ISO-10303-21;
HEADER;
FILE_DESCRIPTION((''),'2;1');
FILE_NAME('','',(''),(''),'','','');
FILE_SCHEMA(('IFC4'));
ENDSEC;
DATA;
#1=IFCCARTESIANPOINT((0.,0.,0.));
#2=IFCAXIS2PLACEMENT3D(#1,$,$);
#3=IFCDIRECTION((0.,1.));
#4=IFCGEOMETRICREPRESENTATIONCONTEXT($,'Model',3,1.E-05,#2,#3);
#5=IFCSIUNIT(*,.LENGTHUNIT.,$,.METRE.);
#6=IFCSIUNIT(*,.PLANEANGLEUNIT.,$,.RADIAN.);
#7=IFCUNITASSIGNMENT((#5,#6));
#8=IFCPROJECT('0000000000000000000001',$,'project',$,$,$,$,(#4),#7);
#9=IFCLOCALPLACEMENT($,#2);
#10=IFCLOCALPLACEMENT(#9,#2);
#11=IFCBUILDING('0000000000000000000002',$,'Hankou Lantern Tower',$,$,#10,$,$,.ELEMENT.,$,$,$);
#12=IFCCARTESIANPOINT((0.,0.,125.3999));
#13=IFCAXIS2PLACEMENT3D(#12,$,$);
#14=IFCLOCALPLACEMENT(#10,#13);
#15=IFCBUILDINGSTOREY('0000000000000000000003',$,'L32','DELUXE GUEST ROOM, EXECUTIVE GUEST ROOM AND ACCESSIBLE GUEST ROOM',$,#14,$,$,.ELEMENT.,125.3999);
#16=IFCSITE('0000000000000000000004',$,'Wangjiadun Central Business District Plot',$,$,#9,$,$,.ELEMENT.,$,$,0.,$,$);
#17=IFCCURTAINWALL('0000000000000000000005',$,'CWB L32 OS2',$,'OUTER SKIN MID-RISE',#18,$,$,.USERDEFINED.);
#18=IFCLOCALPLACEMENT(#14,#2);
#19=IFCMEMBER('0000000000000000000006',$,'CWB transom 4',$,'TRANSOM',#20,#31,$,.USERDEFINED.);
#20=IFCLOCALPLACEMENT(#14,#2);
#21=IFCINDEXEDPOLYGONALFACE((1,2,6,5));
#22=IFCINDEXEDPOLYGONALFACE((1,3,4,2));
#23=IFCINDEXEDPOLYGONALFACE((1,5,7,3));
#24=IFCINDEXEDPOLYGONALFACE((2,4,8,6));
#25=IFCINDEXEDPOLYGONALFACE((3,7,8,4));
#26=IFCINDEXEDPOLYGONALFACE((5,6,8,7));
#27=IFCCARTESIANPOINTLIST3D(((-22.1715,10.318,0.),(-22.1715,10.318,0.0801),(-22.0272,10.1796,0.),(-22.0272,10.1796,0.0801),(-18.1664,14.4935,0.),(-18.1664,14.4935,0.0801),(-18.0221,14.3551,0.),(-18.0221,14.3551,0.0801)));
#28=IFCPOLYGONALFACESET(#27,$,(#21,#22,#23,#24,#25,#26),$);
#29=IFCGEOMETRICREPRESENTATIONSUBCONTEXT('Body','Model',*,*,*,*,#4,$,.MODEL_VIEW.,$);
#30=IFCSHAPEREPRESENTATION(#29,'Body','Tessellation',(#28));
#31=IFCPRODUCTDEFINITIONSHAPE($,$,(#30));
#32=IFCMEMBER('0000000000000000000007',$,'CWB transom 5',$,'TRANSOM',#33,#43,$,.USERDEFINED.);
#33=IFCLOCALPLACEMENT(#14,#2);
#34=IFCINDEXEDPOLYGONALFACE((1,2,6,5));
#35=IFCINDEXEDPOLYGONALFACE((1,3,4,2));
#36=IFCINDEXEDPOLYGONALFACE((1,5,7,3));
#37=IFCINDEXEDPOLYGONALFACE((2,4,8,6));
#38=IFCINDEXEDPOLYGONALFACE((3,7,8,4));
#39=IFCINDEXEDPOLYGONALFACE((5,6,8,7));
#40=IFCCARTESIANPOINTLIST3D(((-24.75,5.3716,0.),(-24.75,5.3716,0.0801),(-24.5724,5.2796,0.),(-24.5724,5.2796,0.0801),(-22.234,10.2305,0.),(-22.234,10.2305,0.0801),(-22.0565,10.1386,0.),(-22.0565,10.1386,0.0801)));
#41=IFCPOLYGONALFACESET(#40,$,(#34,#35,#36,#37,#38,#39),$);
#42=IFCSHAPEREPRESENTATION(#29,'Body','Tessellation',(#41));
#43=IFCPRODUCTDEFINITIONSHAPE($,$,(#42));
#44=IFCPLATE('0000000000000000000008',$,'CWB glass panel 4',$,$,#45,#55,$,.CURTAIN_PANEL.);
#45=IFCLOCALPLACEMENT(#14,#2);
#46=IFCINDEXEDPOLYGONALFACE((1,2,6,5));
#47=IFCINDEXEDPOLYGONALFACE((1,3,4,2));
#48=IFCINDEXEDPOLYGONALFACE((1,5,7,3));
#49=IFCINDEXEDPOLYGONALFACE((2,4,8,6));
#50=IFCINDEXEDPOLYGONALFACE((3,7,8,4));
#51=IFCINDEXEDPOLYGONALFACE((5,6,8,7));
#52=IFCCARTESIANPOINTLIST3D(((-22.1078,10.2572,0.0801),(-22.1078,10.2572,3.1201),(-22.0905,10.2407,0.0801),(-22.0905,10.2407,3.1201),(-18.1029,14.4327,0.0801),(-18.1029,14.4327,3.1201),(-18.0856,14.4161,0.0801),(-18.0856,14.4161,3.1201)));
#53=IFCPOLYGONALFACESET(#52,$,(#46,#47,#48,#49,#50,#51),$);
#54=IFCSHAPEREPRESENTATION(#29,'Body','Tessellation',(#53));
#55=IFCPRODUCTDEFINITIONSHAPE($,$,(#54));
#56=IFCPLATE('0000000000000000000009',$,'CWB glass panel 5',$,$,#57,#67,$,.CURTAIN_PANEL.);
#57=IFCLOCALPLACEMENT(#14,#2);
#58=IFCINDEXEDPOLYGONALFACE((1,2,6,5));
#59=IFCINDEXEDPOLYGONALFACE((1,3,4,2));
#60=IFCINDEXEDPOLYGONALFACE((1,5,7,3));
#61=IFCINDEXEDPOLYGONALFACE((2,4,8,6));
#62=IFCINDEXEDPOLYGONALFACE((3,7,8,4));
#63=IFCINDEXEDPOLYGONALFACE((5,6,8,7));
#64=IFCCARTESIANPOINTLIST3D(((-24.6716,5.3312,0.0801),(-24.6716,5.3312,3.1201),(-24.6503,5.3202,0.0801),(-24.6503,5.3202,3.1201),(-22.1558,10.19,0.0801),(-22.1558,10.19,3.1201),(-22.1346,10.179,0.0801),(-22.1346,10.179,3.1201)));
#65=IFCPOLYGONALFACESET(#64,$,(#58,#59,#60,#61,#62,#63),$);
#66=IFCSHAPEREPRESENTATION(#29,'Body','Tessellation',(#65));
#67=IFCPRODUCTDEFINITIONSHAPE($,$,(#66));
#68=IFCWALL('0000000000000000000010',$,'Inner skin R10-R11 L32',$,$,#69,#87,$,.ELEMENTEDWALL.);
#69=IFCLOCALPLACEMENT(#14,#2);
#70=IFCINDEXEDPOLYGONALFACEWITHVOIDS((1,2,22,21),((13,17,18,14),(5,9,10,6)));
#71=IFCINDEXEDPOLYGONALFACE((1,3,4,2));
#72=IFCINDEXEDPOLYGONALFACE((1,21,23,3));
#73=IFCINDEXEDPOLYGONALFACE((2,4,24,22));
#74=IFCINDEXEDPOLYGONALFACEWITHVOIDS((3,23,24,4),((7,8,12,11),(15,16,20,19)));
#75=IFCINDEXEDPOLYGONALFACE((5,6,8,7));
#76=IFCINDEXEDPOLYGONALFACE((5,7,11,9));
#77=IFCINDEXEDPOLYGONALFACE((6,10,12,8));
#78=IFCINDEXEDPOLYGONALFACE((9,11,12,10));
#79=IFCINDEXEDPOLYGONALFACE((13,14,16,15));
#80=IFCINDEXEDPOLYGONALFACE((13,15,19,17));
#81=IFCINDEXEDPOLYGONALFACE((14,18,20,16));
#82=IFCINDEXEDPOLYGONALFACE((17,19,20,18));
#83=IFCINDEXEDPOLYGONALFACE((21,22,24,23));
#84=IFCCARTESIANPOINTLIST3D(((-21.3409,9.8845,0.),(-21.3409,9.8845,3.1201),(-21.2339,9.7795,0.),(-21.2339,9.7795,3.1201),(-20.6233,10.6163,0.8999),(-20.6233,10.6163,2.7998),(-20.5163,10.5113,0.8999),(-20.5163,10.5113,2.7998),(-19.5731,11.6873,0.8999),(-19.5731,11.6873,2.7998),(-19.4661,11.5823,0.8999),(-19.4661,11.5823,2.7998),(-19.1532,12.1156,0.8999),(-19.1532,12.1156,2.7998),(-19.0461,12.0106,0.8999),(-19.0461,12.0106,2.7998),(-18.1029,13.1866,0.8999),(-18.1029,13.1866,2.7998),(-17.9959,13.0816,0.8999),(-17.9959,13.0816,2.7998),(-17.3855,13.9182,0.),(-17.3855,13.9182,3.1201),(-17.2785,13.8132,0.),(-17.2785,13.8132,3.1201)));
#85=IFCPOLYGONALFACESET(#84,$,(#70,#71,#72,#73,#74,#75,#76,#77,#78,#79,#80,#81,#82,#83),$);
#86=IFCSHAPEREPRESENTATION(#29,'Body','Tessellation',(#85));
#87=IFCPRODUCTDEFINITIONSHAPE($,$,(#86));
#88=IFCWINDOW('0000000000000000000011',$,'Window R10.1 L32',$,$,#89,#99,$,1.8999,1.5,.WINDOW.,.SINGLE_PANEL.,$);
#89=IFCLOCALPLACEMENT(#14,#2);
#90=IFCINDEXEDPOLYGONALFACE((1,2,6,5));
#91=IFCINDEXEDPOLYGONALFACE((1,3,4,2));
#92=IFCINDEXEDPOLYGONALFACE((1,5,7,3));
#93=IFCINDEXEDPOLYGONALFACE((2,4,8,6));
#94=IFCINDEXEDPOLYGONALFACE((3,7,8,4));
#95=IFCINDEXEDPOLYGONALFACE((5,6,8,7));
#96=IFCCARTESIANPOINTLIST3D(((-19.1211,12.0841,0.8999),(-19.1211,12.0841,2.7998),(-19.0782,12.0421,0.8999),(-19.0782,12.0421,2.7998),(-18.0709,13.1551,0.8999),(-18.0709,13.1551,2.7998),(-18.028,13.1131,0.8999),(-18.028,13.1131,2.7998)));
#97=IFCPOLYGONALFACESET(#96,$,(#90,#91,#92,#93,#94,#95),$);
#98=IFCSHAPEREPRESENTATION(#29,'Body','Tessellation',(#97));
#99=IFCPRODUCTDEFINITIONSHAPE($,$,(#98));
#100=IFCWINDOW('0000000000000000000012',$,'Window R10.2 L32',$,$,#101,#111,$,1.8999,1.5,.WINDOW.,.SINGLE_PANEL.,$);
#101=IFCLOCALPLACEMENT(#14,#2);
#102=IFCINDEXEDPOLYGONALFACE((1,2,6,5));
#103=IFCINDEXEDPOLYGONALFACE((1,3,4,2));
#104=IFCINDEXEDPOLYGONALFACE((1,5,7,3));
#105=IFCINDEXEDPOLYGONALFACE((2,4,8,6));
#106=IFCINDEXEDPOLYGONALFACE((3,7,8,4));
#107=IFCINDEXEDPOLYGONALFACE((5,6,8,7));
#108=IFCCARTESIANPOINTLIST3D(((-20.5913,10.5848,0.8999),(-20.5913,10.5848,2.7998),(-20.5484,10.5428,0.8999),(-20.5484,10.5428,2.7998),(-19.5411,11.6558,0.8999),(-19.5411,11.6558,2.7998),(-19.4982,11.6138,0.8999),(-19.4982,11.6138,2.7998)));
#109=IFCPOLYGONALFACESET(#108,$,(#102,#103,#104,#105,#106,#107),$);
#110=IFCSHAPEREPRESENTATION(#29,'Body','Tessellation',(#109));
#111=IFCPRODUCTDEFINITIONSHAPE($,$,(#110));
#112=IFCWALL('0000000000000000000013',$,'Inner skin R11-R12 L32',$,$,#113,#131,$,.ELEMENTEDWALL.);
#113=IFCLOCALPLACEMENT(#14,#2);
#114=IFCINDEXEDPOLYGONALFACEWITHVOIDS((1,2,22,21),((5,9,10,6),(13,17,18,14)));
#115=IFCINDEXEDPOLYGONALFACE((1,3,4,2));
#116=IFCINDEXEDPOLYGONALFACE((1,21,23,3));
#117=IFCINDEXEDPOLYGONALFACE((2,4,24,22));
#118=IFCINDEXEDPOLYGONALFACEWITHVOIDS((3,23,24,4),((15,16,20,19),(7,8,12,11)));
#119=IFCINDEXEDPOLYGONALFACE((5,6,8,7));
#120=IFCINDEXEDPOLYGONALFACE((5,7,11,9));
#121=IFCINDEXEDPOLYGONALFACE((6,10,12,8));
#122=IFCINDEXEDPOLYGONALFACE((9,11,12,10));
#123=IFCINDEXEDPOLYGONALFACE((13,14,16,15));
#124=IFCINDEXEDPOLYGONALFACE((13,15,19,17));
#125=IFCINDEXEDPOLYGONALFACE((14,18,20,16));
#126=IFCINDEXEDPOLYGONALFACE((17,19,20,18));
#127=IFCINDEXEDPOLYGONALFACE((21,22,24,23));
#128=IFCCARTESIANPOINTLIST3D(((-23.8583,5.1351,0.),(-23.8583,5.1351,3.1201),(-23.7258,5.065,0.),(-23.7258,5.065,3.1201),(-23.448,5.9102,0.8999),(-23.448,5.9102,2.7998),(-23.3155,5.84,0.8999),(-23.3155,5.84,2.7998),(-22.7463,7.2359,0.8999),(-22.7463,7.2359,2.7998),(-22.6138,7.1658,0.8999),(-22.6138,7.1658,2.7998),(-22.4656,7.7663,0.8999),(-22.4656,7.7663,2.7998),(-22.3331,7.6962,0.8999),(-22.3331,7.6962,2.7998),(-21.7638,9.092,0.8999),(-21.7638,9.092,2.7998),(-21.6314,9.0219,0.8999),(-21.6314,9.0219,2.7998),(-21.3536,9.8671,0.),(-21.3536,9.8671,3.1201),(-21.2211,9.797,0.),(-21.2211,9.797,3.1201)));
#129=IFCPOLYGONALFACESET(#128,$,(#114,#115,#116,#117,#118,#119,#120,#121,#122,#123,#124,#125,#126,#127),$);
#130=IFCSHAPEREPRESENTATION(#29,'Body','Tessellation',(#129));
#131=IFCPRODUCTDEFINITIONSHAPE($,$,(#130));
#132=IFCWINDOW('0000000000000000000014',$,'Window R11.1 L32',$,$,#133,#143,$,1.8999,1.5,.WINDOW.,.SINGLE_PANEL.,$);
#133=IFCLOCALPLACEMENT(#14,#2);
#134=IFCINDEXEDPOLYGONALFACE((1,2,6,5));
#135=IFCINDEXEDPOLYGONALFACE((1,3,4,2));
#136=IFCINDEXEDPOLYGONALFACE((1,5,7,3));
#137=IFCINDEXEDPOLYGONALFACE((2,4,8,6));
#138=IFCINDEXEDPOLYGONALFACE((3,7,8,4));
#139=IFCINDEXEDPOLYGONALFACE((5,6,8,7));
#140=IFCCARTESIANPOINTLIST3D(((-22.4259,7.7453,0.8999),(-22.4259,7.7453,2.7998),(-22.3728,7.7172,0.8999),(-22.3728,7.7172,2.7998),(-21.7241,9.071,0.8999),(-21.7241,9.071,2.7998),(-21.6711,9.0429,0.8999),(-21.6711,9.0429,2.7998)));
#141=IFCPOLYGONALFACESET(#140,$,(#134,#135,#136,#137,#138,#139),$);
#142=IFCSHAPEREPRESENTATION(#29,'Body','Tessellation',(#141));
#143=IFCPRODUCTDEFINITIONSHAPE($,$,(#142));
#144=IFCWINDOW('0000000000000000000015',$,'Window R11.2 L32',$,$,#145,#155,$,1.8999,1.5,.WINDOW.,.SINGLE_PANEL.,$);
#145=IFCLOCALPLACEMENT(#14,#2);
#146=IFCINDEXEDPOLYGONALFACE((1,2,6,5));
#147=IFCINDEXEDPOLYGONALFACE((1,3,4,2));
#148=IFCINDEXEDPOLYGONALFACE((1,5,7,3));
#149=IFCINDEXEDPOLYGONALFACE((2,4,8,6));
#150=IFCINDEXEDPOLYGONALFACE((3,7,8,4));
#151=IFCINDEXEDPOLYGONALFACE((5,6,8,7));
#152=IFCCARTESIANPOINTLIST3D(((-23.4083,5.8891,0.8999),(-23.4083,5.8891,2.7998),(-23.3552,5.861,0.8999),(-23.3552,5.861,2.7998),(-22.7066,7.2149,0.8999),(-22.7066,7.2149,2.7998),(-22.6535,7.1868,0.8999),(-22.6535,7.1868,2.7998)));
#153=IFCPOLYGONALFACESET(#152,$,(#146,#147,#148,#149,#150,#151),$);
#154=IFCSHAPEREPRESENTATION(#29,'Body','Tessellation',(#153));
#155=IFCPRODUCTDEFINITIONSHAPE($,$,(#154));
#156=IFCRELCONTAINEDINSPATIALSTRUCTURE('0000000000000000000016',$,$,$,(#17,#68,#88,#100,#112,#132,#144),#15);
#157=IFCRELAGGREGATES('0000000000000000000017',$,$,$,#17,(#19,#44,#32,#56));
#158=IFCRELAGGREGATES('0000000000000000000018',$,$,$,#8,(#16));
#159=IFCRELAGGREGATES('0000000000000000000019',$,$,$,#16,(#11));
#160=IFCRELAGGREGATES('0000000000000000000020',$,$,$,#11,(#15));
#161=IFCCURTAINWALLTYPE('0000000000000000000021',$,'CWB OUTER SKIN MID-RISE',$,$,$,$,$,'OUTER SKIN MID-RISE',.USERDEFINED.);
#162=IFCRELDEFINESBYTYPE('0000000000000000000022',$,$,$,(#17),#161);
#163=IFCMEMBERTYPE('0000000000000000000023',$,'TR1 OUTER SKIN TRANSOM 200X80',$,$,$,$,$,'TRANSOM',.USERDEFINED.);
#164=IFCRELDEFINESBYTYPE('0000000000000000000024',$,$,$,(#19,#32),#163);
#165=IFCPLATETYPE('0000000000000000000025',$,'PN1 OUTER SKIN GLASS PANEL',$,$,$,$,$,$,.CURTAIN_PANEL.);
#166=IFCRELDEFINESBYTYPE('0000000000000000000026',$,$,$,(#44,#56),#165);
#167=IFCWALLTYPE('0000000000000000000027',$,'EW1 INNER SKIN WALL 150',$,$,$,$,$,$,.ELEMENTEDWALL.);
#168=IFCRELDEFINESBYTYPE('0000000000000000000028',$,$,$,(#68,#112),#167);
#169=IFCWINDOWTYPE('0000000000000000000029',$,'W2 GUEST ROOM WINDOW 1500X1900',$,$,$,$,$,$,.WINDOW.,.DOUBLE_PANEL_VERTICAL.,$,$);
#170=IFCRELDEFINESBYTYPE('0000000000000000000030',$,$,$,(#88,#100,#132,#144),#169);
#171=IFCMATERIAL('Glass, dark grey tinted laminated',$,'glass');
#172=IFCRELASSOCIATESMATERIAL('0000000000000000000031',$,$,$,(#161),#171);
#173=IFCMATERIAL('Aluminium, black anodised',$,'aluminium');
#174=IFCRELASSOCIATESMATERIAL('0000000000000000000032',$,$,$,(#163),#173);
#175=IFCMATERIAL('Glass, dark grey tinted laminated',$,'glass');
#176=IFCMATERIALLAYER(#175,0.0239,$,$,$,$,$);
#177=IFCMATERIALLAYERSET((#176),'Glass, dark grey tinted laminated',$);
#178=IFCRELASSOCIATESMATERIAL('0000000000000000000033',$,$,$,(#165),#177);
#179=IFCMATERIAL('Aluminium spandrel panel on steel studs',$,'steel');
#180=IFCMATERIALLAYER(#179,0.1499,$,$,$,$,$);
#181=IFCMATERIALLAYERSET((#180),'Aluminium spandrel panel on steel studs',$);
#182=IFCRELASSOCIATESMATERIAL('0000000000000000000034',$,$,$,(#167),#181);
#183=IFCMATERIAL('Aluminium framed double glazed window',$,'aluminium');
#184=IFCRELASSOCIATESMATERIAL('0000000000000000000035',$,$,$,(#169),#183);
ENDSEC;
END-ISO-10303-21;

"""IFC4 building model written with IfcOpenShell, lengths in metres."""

from ifc_helpers import new_model, si_unit, direction, frame, frame_2d, origin, origin_2d, place, context, subcontext, project, spatial, rectangle, extrude, material, layer, layer_set, material_profile, profile_set, type_object, element, fill, aggregate, save


model = new_model("IFC4")

# Units and contexts
model_context = context("Model", 3, precision=1e-05, world=origin(), true_north=direction((0.0, 1.0)))
body_context = subcontext(model_context, "Body", "Model", "MODEL_VIEW")
ifc_project = project(units=[si_unit("LENGTHUNIT", "METRE"), si_unit("PLANEANGLEUNIT", "RADIAN")], contexts=[model_context])

# Site, building, storey
site_placement = place(None, origin())
site = spatial("IfcSite", under=ifc_project, at=site_placement, Name="Wangjiadun Central Business District Plot", CompositionType="ELEMENT", RefElevation=0.0)
building_placement = place(site_placement, origin())
building = spatial("IfcBuilding", under=site, at=building_placement, Name="Hankou Lantern Tower", CompositionType="ELEMENT")
storey_placement = place(building_placement, frame((0.0, 0.0, 125.3999)))
storey = spatial("IfcBuildingStorey", under=building, at=storey_placement, Name="L32", Description="DELUXE GUEST ROOM, EXECUTIVE GUEST ROOM AND ACCESSIBLE GUEST ROOM", CompositionType="ELEMENT", Elevation=125.3999)

# Curtain wall
ifc_material_1 = material(Name="Glass, dark grey tinted laminated", Category="glass")
curtain_wall_type = type_object("IfcCurtainWallType", Name="CWB OUTER SKIN MID-RISE", ElementType="OUTER SKIN MID-RISE", PredefinedType="USERDEFINED", material=ifc_material_1)
curtain_wall_placement = place(storey_placement, origin())
curtain_wall = element("IfcCurtainWall", 1, at=curtain_wall_placement, inside=storey, type_object=curtain_wall_type, Name="CWB L32 OS2", ObjectType="OUTER SKIN MID-RISE", PredefinedType="USERDEFINED")

# Members
ifc_material_2 = material(Name="Aluminium, black anodised", Category="aluminium")
ifc_material_profile_1 = material_profile(ifc_material_2, rectangle(XDim=0.2, YDim=0.0801, at=origin_2d()), Name="TR1 200X80")
ifc_profile_set_1 = profile_set([ifc_material_profile_1], Name="Aluminium, black anodised")
member_type_1 = type_object("IfcMemberType", Name="TR1 OUTER SKIN TRANSOM 200X80", ElementType="TRANSOM", PredefinedType="USERDEFINED", material=ifc_profile_set_1)
member_1_placement = place(storey_placement, frame((-18.0942, 14.4243, 0.04), z_axis=(-0.692227, -0.72168, 0.0), x_axis=(0.72168, -0.692227, 0.0)))
member_1 = element("IfcMember", 2, at=member_1_placement, type_object=member_type_1, Name="CWB transom 4", ObjectType="TRANSOM", PredefinedType="USERDEFINED", context=body_context, shape_type="SweptSolid", body=[
    extrude(rectangle(XDim=0.2, YDim=0.0801, at=origin_2d()), origin(), (0.0, 0.0, 1.0), 5.7859),
])
member_2_placement = place(storey_placement, frame((-22.1453, 10.1846, 0.04), z_axis=(-0.459805, -0.88802, 0.0), x_axis=(0.88802, -0.459805, 0.0)))
member_2 = element("IfcMember", 3, at=member_2_placement, type_object=member_type_1, Name="CWB transom 5", ObjectType="TRANSOM", PredefinedType="USERDEFINED", context=body_context, shape_type="SweptSolid", body=[
    extrude(rectangle(XDim=0.2, YDim=0.0801, at=origin_2d()), origin(), (0.0, 0.0, 1.0), 5.4717),
])

# Plates
ifc_material_3 = material(Name="Glass, dark grey tinted laminated", Category="glass")
ifc_layer_1 = layer(ifc_material_3, 0.0239)
ifc_layer_set_1 = layer_set([ifc_layer_1], Name="Glass, dark grey tinted laminated")
plate_type = type_object("IfcPlateType", Name="PN1 OUTER SKIN GLASS PANEL", PredefinedType="CURTAIN_PANEL", material=ifc_layer_set_1)
plate_1_placement = place(storey_placement, frame((-20.0967, 12.3367, 0.0801), z_axis=(0.0, 0.0, 1.0), x_axis=(-0.692216, -0.721691, 0.0)))
plate_1 = element("IfcPlate", 4, at=plate_1_placement, type_object=plate_type, Name="CWB glass panel 4", PredefinedType="CURTAIN_PANEL", context=body_context, shape_type="SweptSolid", body=[
    extrude(rectangle(XDim=5.7856, YDim=0.0239, at=origin_2d()), origin(), (0.0, 0.0, 1.0), 3.04),
])
plate_2_placement = place(storey_placement, frame((-23.4031, 7.7551, 0.0801), z_axis=(0.0, 0.0, 1.0), x_axis=(-0.459791, -0.888027, 0.0)))
plate_2 = element("IfcPlate", 5, at=plate_2_placement, type_object=plate_type, Name="CWB glass panel 5", PredefinedType="CURTAIN_PANEL", context=body_context, shape_type="SweptSolid", body=[
    extrude(rectangle(XDim=5.4714, YDim=0.0239, at=origin_2d()), origin(), (0.0, 0.0, 1.0), 3.04),
])
aggregate(curtain_wall, [member_1, plate_1, member_2, plate_2])

# Walls, openings, windows
ifc_material_4 = material(Name="Aluminium spandrel panel on steel studs", Category="steel")
ifc_layer_2 = layer(ifc_material_4, 0.1499)
ifc_layer_set_2 = layer_set([ifc_layer_2], Name="Aluminium spandrel panel on steel studs")
wall_type = type_object("IfcWallType", Name="EW1 INNER SKIN WALL 150", PredefinedType="ELEMENTEDWALL", material=ifc_layer_set_2)
wall_1_placement = place(storey_placement, frame((-17.332, 13.8657, 0.0), z_axis=(0.0, 0.0, 1.0), x_axis=(-0.700137, -0.714009, 0.0)))
wall_1 = element("IfcWall", 6, at=wall_1_placement, inside=storey, type_object=wall_type, Name="Inner skin R10-R11 L32", PredefinedType="ELEMENTEDWALL", context=body_context, shape_type="SweptSolid", body=[
    extrude(rectangle(XDim=5.6494, YDim=0.1499, at=frame_2d((2.8247, 0.0))), origin(), (0.0, 0.0, 1.0), 3.1201),
])
opening_1_placement = place(wall_1_placement, frame((1.0247, 0.0, 0.8999)))
opening_1 = element("IfcOpeningElement", 7, at=opening_1_placement, cuts=wall_1, PredefinedType="OPENING", context=body_context, shape_type="SweptSolid", body=[
    extrude(rectangle(XDim=1.5, YDim=1.8999, at=frame_2d((0.75, 0.95))), frame((0.0, 0.085, 0.0), z_axis=(0.0, -1.0, 0.0), x_axis=(1.0, 0.0, 0.0)), (0.0, 0.0, 1.0), 0.1699),
])
opening_2_placement = place(wall_1_placement, frame((3.1245, 0.0, 0.8999)))
opening_2 = element("IfcOpeningElement", 8, at=opening_2_placement, cuts=wall_1, PredefinedType="OPENING", context=body_context, shape_type="SweptSolid", body=[
    extrude(rectangle(XDim=1.5, YDim=1.8999, at=frame_2d((0.75, 0.95))), frame((0.0, 0.085, 0.0), z_axis=(0.0, -1.0, 0.0), x_axis=(1.0, 0.0, 0.0)), (0.0, 0.0, 1.0), 0.1699),
])
ifc_material_5 = material(Name="Aluminium framed double glazed window", Category="aluminium")
window_type = type_object("IfcWindowType", Name="W2 GUEST ROOM WINDOW 1500X1900", PartitioningType="DOUBLE_PANEL_VERTICAL", PredefinedType="WINDOW", material=ifc_material_5)
window_1_placement = place(opening_1_placement, origin())
window_1 = element("IfcWindow", 9, at=window_1_placement, inside=storey, type_object=window_type, Name="Window R10.1 L32", OverallHeight=1.8999, OverallWidth=1.5, PartitioningType="SINGLE_PANEL", PredefinedType="WINDOW", context=body_context, shape_type="SweptSolid", body=[
    extrude(rectangle(XDim=1.5, YDim=1.8999, at=frame_2d((0.75, 0.95))), frame((0.0, 0.03, 0.0), z_axis=(0.0, -1.0, 0.0), x_axis=(1.0, 0.0, 0.0)), (0.0, 0.0, 1.0), 0.0601),
])
fill(opening_1, window_1)
window_2_placement = place(opening_2_placement, origin())
window_2 = element("IfcWindow", 10, at=window_2_placement, inside=storey, type_object=window_type, Name="Window R10.2 L32", OverallHeight=1.8999, OverallWidth=1.5, PartitioningType="SINGLE_PANEL", PredefinedType="WINDOW", context=body_context, shape_type="SweptSolid", body=[
    extrude(rectangle(XDim=1.5, YDim=1.8999, at=frame_2d((0.75, 0.95))), frame((0.0, 0.03, 0.0), z_axis=(0.0, -1.0, 0.0), x_axis=(1.0, 0.0, 0.0)), (0.0, 0.0, 1.0), 0.0601),
])
fill(opening_2, window_2)
wall_2_placement = place(storey_placement, frame((-21.2874, 9.832, 0.0), z_axis=(0.0, 0.0, 1.0), x_axis=(-0.467814, -0.883827, 0.0)))
wall_2 = element("IfcWall", 11, at=wall_2_placement, inside=storey, type_object=wall_type, Name="Inner skin R11-R12 L32", PredefinedType="ELEMENTEDWALL", context=body_context, shape_type="SweptSolid", body=[
    extrude(rectangle(XDim=5.354, YDim=0.1499, at=frame_2d((2.677, 0.0))), origin(), (0.0, 0.0, 1.0), 3.1201),
])
opening_3_placement = place(wall_2_placement, frame((0.877, 0.0, 0.8999)))
opening_3 = element("IfcOpeningElement", 12, at=opening_3_placement, cuts=wall_2, PredefinedType="OPENING", context=body_context, shape_type="SweptSolid", body=[
    extrude(rectangle(XDim=1.5, YDim=1.8999, at=frame_2d((0.75, 0.95))), frame((0.0, 0.085, 0.0), z_axis=(0.0, -1.0, 0.0), x_axis=(1.0, 0.0, 0.0)), (0.0, 0.0, 1.0), 0.1699),
])
opening_4_placement = place(wall_2_placement, frame((2.9771, 0.0, 0.8999)))
opening_4 = element("IfcOpeningElement", 13, at=opening_4_placement, cuts=wall_2, PredefinedType="OPENING", context=body_context, shape_type="SweptSolid", body=[
    extrude(rectangle(XDim=1.5, YDim=1.8999, at=frame_2d((0.75, 0.95))), frame((0.0, 0.085, 0.0), z_axis=(0.0, -1.0, 0.0), x_axis=(1.0, 0.0, 0.0)), (0.0, 0.0, 1.0), 0.1699),
])
window_3_placement = place(opening_3_placement, origin())
window_3 = element("IfcWindow", 14, at=window_3_placement, inside=storey, type_object=window_type, Name="Window R11.1 L32", OverallHeight=1.8999, OverallWidth=1.5, PartitioningType="SINGLE_PANEL", PredefinedType="WINDOW", context=body_context, shape_type="SweptSolid", body=[
    extrude(rectangle(XDim=1.5, YDim=1.8999, at=frame_2d((0.75, 0.95))), frame((0.0, 0.03, 0.0), z_axis=(0.0, -1.0, 0.0), x_axis=(1.0, 0.0, 0.0)), (0.0, 0.0, 1.0), 0.0601),
])
fill(opening_3, window_3)
window_4_placement = place(opening_4_placement, origin())
window_4 = element("IfcWindow", 15, at=window_4_placement, inside=storey, type_object=window_type, Name="Window R11.2 L32", OverallHeight=1.8999, OverallWidth=1.5, PartitioningType="SINGLE_PANEL", PredefinedType="WINDOW", context=body_context, shape_type="SweptSolid", body=[
    extrude(rectangle(XDim=1.5, YDim=1.8999, at=frame_2d((0.75, 0.95))), frame((0.0, 0.03, 0.0), z_axis=(0.0, -1.0, 0.0), x_axis=(1.0, 0.0, 0.0)), (0.0, 0.0, 1.0), 0.0601),
])
fill(opening_4, window_4)

save(model, "model.ifc")
